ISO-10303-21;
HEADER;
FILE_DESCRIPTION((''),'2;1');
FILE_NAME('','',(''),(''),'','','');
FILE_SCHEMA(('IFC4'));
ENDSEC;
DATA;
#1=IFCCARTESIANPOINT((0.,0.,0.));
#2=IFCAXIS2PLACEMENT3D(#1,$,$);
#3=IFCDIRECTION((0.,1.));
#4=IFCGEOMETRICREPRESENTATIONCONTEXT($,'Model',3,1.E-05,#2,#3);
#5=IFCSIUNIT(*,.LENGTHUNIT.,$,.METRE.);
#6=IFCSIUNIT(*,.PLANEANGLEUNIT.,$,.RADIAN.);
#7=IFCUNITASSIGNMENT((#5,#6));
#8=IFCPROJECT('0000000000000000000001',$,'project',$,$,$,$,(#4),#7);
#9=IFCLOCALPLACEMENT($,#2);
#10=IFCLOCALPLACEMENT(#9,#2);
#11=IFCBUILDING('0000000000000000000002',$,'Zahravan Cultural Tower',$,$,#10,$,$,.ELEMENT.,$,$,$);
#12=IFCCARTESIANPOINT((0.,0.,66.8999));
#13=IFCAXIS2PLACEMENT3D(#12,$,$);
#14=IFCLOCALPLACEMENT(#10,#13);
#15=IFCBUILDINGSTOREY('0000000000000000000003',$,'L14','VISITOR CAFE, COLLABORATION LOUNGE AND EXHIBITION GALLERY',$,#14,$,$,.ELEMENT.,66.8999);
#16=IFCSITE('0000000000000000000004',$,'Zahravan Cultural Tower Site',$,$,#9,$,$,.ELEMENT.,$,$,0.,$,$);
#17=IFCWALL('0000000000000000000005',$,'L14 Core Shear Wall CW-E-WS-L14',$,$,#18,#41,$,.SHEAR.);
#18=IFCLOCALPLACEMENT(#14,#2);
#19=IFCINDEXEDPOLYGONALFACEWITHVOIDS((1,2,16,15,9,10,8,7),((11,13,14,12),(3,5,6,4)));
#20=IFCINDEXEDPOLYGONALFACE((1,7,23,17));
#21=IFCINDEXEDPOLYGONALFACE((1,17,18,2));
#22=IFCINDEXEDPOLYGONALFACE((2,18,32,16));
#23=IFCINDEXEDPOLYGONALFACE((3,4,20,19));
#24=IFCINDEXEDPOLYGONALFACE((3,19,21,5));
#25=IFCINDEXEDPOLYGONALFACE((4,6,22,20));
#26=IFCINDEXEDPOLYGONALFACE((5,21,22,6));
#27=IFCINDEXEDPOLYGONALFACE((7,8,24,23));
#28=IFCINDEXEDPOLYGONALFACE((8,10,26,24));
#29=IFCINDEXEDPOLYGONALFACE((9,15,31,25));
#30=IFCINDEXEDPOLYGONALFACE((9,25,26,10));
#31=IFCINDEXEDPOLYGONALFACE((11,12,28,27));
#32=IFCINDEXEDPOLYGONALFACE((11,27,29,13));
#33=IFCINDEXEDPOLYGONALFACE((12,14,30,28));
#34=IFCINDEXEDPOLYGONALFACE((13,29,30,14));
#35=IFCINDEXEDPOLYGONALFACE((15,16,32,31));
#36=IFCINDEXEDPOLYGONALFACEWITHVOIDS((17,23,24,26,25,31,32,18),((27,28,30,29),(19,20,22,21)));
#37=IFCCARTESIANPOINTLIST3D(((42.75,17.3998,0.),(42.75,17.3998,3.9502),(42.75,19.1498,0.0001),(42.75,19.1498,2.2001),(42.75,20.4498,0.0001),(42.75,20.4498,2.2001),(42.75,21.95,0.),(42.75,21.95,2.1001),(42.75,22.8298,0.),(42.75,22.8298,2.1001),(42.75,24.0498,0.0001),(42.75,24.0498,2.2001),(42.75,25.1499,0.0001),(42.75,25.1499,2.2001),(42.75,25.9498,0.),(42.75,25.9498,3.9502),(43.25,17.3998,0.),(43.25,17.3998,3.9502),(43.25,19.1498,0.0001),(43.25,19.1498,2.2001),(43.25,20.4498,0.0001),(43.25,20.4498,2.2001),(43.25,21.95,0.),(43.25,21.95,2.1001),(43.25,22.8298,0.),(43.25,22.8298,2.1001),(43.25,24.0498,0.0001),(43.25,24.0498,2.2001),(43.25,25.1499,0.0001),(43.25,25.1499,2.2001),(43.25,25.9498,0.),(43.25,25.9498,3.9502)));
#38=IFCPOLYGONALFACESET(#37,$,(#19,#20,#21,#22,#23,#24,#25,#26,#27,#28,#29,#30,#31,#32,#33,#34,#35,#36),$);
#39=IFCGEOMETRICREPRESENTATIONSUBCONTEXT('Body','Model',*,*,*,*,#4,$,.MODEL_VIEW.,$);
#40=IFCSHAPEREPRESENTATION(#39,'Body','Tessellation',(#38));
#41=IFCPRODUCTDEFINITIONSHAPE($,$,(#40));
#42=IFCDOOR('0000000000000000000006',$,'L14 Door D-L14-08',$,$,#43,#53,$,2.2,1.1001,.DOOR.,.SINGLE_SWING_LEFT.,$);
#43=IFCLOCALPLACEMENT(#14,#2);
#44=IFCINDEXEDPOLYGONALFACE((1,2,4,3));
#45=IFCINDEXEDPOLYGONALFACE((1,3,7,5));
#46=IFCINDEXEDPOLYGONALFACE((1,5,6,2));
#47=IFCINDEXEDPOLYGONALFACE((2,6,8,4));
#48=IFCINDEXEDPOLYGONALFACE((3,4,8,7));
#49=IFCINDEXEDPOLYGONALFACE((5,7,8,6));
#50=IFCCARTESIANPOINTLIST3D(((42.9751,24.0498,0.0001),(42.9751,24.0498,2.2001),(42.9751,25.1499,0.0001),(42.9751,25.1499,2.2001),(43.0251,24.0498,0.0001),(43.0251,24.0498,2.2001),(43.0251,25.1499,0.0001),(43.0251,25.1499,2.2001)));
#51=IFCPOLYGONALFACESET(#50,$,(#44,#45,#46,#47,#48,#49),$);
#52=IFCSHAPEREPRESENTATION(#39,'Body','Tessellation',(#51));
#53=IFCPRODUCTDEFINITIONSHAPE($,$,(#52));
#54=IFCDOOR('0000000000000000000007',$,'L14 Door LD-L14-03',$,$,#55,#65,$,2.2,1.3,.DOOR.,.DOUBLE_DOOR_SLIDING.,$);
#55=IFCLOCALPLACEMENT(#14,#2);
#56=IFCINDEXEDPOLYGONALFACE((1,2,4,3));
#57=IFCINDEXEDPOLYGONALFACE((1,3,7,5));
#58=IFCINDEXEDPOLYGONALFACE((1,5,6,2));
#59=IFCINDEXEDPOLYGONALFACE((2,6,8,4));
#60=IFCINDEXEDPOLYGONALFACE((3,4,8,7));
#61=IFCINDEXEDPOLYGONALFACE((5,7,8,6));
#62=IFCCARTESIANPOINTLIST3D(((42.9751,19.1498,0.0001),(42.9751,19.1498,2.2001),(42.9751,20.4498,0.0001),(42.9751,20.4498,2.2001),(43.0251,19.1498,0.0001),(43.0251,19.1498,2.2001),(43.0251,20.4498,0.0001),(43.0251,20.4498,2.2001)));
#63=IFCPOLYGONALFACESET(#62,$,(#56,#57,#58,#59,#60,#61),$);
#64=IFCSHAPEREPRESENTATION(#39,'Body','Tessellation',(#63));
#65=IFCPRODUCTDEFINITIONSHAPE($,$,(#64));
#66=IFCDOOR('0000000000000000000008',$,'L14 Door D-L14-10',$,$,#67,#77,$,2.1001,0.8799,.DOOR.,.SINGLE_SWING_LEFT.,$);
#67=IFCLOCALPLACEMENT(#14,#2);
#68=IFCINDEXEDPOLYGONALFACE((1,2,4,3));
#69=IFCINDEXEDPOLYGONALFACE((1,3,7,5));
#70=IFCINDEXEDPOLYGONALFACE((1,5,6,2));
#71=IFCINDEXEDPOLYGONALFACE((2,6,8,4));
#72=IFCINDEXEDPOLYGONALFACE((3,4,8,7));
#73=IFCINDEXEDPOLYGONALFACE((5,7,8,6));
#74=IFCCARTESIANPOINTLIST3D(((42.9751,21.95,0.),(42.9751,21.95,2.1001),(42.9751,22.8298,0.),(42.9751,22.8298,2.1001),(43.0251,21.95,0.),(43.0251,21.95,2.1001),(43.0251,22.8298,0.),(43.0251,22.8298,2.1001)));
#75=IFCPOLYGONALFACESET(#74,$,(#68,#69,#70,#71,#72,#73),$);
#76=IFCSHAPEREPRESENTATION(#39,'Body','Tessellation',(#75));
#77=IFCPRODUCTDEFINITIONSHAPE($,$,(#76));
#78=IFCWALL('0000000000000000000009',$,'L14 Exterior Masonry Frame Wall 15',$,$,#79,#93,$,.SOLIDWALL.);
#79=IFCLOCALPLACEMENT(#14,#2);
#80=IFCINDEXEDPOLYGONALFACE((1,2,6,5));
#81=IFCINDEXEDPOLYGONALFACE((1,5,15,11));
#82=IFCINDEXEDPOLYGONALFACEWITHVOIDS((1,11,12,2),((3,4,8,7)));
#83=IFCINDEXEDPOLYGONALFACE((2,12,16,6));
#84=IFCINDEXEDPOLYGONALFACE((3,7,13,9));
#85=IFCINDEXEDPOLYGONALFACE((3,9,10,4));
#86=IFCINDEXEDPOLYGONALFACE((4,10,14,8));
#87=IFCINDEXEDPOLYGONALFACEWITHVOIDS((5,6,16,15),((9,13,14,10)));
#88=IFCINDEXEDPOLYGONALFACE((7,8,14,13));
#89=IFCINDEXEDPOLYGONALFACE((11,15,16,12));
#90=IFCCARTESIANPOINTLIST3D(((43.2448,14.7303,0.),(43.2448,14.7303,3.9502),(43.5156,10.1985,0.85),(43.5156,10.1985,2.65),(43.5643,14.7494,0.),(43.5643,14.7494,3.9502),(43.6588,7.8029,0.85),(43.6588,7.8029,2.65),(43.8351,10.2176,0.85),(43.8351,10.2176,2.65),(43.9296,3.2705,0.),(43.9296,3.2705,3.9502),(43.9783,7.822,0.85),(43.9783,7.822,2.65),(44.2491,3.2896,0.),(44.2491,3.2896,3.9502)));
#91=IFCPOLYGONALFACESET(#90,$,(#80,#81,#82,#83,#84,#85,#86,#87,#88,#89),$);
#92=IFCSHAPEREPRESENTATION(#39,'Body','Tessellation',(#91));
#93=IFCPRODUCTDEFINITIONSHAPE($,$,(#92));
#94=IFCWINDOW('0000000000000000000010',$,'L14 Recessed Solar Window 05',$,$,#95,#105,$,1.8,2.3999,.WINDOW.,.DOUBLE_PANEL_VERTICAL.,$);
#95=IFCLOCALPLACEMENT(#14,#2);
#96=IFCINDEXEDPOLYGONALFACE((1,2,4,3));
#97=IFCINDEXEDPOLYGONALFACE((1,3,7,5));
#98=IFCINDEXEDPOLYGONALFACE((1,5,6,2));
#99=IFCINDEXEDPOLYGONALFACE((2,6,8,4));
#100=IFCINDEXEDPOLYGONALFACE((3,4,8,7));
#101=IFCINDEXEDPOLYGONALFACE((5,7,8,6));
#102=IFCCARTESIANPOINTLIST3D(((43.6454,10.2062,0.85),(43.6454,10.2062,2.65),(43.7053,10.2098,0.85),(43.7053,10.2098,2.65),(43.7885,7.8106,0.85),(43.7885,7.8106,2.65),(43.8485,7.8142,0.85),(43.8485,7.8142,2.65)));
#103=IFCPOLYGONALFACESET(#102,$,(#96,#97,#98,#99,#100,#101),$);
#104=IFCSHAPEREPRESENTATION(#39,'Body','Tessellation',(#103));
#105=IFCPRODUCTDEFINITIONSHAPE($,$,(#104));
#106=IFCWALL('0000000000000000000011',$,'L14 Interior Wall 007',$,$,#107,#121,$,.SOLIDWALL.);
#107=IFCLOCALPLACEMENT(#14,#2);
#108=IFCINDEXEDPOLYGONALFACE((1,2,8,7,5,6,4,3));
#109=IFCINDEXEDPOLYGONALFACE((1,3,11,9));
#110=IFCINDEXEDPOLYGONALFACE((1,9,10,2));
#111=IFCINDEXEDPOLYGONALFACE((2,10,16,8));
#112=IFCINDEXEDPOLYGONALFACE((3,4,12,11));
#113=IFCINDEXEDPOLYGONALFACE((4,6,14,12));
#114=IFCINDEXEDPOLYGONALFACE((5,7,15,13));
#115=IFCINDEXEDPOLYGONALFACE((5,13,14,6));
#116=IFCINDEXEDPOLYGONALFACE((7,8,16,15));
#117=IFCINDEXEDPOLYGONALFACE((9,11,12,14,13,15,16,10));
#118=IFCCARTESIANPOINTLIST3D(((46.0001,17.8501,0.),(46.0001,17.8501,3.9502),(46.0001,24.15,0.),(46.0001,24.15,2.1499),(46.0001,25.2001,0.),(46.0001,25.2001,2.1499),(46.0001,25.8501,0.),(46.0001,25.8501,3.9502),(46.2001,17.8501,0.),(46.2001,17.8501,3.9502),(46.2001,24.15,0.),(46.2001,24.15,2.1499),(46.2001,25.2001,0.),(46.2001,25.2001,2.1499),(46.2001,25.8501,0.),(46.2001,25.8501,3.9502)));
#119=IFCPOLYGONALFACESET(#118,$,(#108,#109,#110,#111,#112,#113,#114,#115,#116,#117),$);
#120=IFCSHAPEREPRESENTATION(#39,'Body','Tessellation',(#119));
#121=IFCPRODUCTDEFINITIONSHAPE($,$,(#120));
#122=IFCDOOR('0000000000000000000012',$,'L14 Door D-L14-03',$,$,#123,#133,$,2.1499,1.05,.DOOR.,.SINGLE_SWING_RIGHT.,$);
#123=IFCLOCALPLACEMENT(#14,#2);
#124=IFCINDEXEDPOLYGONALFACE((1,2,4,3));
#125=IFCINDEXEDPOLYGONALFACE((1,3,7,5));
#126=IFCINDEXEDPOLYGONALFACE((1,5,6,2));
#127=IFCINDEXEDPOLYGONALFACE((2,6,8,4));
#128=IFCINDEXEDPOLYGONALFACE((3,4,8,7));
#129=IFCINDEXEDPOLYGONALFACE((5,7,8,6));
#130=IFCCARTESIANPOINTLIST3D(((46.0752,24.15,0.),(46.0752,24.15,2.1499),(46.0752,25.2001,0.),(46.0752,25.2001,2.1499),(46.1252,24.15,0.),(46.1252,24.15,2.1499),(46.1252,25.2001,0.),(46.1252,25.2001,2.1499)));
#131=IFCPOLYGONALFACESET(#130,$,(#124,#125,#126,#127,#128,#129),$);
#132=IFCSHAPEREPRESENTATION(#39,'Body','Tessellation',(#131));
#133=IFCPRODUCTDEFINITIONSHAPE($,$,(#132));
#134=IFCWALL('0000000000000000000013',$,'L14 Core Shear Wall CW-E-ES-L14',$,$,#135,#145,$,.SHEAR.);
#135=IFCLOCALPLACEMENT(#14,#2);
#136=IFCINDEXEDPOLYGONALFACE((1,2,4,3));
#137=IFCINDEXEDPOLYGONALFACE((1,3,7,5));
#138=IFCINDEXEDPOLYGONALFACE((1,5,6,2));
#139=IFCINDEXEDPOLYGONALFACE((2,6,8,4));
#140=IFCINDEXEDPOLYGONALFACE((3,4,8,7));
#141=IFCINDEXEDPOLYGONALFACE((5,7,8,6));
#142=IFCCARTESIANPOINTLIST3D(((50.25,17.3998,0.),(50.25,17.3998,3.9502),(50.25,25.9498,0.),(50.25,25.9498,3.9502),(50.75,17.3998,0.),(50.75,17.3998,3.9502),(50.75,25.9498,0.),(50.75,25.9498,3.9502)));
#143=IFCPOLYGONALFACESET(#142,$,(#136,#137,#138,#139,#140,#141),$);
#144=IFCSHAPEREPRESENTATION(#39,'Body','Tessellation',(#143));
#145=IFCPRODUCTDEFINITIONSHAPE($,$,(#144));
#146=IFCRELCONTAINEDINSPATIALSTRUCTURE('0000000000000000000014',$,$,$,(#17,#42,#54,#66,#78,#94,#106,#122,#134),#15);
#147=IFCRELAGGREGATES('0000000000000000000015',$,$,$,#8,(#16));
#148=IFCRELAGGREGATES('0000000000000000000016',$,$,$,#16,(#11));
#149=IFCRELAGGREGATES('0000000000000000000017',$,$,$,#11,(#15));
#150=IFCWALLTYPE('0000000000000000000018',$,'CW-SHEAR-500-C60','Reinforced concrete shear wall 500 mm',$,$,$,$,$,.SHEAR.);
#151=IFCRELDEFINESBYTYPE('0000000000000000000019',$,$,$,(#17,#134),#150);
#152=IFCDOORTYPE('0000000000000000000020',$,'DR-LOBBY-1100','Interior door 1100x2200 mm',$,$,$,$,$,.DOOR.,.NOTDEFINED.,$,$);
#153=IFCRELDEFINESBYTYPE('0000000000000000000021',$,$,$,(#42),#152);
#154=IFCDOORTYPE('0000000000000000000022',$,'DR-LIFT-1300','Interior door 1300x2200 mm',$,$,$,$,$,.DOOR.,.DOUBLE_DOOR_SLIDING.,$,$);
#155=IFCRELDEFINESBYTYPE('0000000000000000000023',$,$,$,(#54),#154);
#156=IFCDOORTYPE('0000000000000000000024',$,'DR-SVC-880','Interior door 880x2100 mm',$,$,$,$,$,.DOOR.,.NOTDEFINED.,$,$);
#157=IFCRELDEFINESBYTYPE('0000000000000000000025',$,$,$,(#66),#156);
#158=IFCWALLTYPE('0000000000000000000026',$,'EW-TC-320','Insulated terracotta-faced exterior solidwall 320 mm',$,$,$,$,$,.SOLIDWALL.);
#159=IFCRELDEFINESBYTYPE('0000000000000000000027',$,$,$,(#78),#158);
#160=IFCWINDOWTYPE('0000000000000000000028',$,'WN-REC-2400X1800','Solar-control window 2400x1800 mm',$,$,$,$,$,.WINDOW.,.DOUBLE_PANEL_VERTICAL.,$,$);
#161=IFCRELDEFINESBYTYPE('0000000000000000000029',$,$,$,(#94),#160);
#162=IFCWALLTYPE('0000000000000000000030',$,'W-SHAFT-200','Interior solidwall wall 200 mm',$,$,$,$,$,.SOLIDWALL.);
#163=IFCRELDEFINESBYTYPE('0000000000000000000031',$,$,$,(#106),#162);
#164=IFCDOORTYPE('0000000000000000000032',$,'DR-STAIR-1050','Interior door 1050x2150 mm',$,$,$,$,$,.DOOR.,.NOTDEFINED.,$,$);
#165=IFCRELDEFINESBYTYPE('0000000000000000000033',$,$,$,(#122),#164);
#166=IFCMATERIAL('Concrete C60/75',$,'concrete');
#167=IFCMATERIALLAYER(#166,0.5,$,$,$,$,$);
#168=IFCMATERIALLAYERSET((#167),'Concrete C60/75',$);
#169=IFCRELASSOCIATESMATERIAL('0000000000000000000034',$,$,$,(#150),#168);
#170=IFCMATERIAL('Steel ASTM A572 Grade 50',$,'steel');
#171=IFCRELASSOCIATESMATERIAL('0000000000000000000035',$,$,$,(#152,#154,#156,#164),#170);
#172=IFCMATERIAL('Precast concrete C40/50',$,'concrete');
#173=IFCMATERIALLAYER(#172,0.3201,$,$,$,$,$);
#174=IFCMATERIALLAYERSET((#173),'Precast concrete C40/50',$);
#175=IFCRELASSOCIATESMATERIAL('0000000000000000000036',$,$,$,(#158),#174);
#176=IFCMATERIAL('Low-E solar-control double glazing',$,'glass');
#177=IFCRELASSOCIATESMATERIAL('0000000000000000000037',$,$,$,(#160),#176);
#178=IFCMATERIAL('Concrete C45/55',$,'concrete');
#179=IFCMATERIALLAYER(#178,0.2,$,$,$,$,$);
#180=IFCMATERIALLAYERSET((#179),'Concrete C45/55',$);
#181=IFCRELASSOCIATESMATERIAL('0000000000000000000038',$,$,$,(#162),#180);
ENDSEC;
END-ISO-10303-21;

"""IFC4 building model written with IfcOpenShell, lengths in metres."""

from ifc_helpers import new_model, si_unit, direction, frame, frame_2d, origin, place, context, subcontext, project, spatial, rectangle, extrude, source, transform, mapped, material, layer, layer_set, type_object, element, fill, save


model = new_model("IFC4")

# Units and contexts
model_context = context("Model", 3, precision=1e-05, world=origin(), true_north=direction((0.0, 1.0)))
body_context = subcontext(model_context, "Body", "Model", "MODEL_VIEW")
ifc_project = project(units=[si_unit("LENGTHUNIT", "METRE"), si_unit("PLANEANGLEUNIT", "RADIAN")], contexts=[model_context])

# Site, building, storey
site_placement = place(None, origin())
site = spatial("IfcSite", under=ifc_project, at=site_placement, Name="Zahravan Cultural Tower Site", CompositionType="ELEMENT", RefElevation=0.0)
building_placement = place(site_placement, origin())
building = spatial("IfcBuilding", under=site, at=building_placement, Name="Zahravan Cultural Tower", CompositionType="ELEMENT")
storey_placement = place(building_placement, frame((0.0, 0.0, 66.8999)))
storey = spatial("IfcBuildingStorey", under=building, at=storey_placement, Name="L14", Description="VISITOR CAFE, COLLABORATION LOUNGE AND EXHIBITION GALLERY", CompositionType="ELEMENT", Elevation=66.8999)

# Shared definitions
ifc_material_1 = material(Name="Concrete C60/75", Category="concrete")

# Wall, openings, doors
ifc_layer_1 = layer(ifc_material_1, 0.5)
ifc_layer_set_1 = layer_set([ifc_layer_1], Name="Concrete C60/75")
wall_type_1 = type_object("IfcWallType", Name="CW-SHEAR-500-C60", Description="Reinforced concrete shear wall 500 mm", PredefinedType="SHEAR", material=ifc_layer_set_1)
wall_1_placement = place(storey_placement, frame((43.0, 17.3999, 0.0), z_axis=(0.0, 0.0, 1.0), x_axis=(0.0, 1.0, 0.0)))
wall_1 = element("IfcWall", 1, at=wall_1_placement, inside=storey, type_object=wall_type_1, Name="L14 Core Shear Wall CW-E-WS-L14", PredefinedType="SHEAR", context=body_context, shape_type="SweptSolid", body=[
    extrude(rectangle(XDim=8.55, YDim=0.5, at=frame_2d((4.2749, 0.0))), origin(), (0.0, 0.0, 1.0), 3.9502),
])
opening_1_placement = place(wall_1_placement, frame((6.6499, 0.0, 0.0)))
opening_1 = element("IfcOpeningElement", 2, at=opening_1_placement, cuts=wall_1, PredefinedType="OPENING", context=body_context, shape_type="SweptSolid", body=[
    extrude(rectangle(XDim=1.1001, YDim=2.2, at=frame_2d((0.55, 1.1001))), frame((0.0, 0.26, 0.0), z_axis=(0.0, -1.0, 0.0), x_axis=(1.0, 0.0, 0.0)), (0.0, 0.0, 1.0), 0.52),
])
opening_2_placement = place(wall_1_placement, frame((1.75, 0.0, 0.0)))
opening_2 = element("IfcOpeningElement", 3, at=opening_2_placement, cuts=wall_1, PredefinedType="OPENING", context=body_context, shape_type="SweptSolid", body=[
    extrude(rectangle(XDim=1.3, YDim=2.2, at=frame_2d((0.6499, 1.1001))), frame((0.0, 0.26, 0.0), z_axis=(0.0, -1.0, 0.0), x_axis=(1.0, 0.0, 0.0)), (0.0, 0.0, 1.0), 0.52),
])
opening_3_placement = place(wall_1_placement, frame((4.55, 0.0, 0.0)))
opening_3 = element("IfcOpeningElement", 4, at=opening_3_placement, cuts=wall_1, PredefinedType="OPENING", context=body_context, shape_type="SweptSolid", body=[
    extrude(rectangle(XDim=0.8799, YDim=2.1001, at=frame_2d((0.4399, 1.05))), frame((0.0, 0.26, 0.0), z_axis=(0.0, -1.0, 0.0), x_axis=(1.0, 0.0, 0.0)), (0.0, 0.0, 1.0), 0.52),
])
ifc_material_2 = material(Name="Steel ASTM A572 Grade 50", Category="steel")
door_type_1 = type_object("IfcDoorType", Name="DR-LOBBY-1100", Description="Interior door 1100x2200 mm", OperationType="NOTDEFINED", PredefinedType="DOOR", material=ifc_material_2)
shared_shape_1 = source(origin(), body_context, "Body", "SweptSolid", [
    extrude(rectangle(XDim=1.1001, YDim=2.2, at=frame_2d((0.55, 1.1001))), frame((0.0, 0.0249, 0.0), z_axis=(0.0, -1.0, 0.0), x_axis=(1.0, 0.0, 0.0)), (0.0, 0.0, 1.0), 0.05),
])
door_1_placement = place(opening_1_placement, origin())
door_1 = element("IfcDoor", 5, at=door_1_placement, inside=storey, type_object=door_type_1, Name="L14 Door D-L14-08", OperationType="SINGLE_SWING_LEFT", OverallHeight=2.2, OverallWidth=1.1001, PredefinedType="DOOR", context=body_context, shape_type="MappedRepresentation", body=[
    mapped(shared_shape_1, transform((0.0, 0.0, 0.0), x_axis=(1.0, 0.0, 0.0), y_axis=(0.0, 1.0, 0.0), z_axis=(0.0, 0.0, 1.0), scale=1.0)),
])
fill(opening_1, door_1)
door_type_2 = type_object("IfcDoorType", Name="DR-LIFT-1300", Description="Interior door 1300x2200 mm", OperationType="DOUBLE_DOOR_SLIDING", PredefinedType="DOOR", material=ifc_material_2)
shared_shape_2 = source(origin(), body_context, "Body", "SweptSolid", [
    extrude(rectangle(XDim=1.3, YDim=2.2, at=frame_2d((0.6499, 1.1001))), frame((0.0, 0.0249, 0.0), z_axis=(0.0, -1.0, 0.0), x_axis=(1.0, 0.0, 0.0)), (0.0, 0.0, 1.0), 0.05),
])
door_2_placement = place(opening_2_placement, origin())
door_2 = element("IfcDoor", 6, at=door_2_placement, inside=storey, type_object=door_type_2, Name="L14 Door LD-L14-03", OperationType="DOUBLE_DOOR_SLIDING", OverallHeight=2.2, OverallWidth=1.3, PredefinedType="DOOR", context=body_context, shape_type="MappedRepresentation", body=[
    mapped(shared_shape_2, transform((0.0, 0.0, 0.0), x_axis=(1.0, 0.0, 0.0), y_axis=(0.0, 1.0, 0.0), z_axis=(0.0, 0.0, 1.0), scale=1.0)),
])
fill(opening_2, door_2)
door_type_3 = type_object("IfcDoorType", Name="DR-SVC-880", Description="Interior door 880x2100 mm", OperationType="NOTDEFINED", PredefinedType="DOOR", material=ifc_material_2)
shared_shape_3 = source(origin(), body_context, "Body", "SweptSolid", [
    extrude(rectangle(XDim=0.8799, YDim=2.1001, at=frame_2d((0.4399, 1.05))), frame((0.0, 0.0249, 0.0), z_axis=(0.0, -1.0, 0.0), x_axis=(1.0, 0.0, 0.0)), (0.0, 0.0, 1.0), 0.05),
])
door_3_placement = place(opening_3_placement, origin())
door_3 = element("IfcDoor", 7, at=door_3_placement, inside=storey, type_object=door_type_3, Name="L14 Door D-L14-10", OperationType="SINGLE_SWING_LEFT", OverallHeight=2.1001, OverallWidth=0.8799, PredefinedType="DOOR", context=body_context, shape_type="MappedRepresentation", body=[
    mapped(shared_shape_3, transform((0.0, 0.0, 0.0), x_axis=(1.0, 0.0, 0.0), y_axis=(0.0, 1.0, 0.0), z_axis=(0.0, 0.0, 1.0), scale=1.0)),
])
fill(opening_3, door_3)

# Shared definitions
ifc_material_3 = material(Name="Precast concrete C40/50", Category="concrete")
ifc_layer_2 = layer(ifc_material_3, 0.3201)
ifc_layer_set_2 = layer_set([ifc_layer_2], Name="Precast concrete C40/50")
wall_type_2 = type_object("IfcWallType", Name="EW-TC-320", Description="Insulated terracotta-faced exterior solidwall 320 mm", PredefinedType="SOLIDWALL", material=ifc_layer_set_2)
shared_shape_4 = source(origin(), body_context, "Body", "SweptSolid", [
    extrude(rectangle(XDim=1.05, YDim=2.1499, at=frame_2d((0.5249, 1.075))), frame((0.0, 0.0249, 0.0), z_axis=(0.0, -1.0, 0.0), x_axis=(1.0, 0.0, 0.0)), (0.0, 0.0, 1.0), 0.05),
])

# Wall, opening, window
wall_2_placement = place(storey_placement, frame((43.4045, 14.74, 0.0), z_axis=(0.0, 0.0, 1.0), x_axis=(0.059652, -0.998219, 0.0)))
wall_2 = element("IfcWall", 8, at=wall_2_placement, inside=storey, type_object=wall_type_2, Name="L14 Exterior Masonry Frame Wall 15", PredefinedType="SOLIDWALL", context=body_context, shape_type="SweptSolid", body=[
    extrude(rectangle(XDim=11.4802, YDim=0.3201, at=frame_2d((5.7402, 0.0))), origin(), (0.0, 0.0, 1.0), 3.9502),
])
opening_4_placement = place(wall_2_placement, frame((4.54, 0.0, 0.8501)))
opening_4 = element("IfcOpeningElement", 9, at=opening_4_placement, cuts=wall_2, PredefinedType="OPENING", context=body_context, shape_type="SweptSolid", body=[
    extrude(rectangle(XDim=2.3999, YDim=1.8, at=frame_2d((1.2, 0.8999))), frame((0.0, 0.1699, 0.0), z_axis=(0.0, -1.0, 0.0), x_axis=(1.0, 0.0, 0.0)), (0.0, 0.0, 1.0), 0.3401),
])
ifc_material_4 = material(Name="Low-E solar-control double glazing", Category="glass")
window_type = type_object("IfcWindowType", Name="WN-REC-2400X1800", Description="Solar-control window 2400x1800 mm", PartitioningType="DOUBLE_PANEL_VERTICAL", PredefinedType="WINDOW", material=ifc_material_4)
shared_shape_5 = source(origin(), body_context, "Body", "SweptSolid", [
    extrude(rectangle(XDim=2.3999, YDim=1.8, at=frame_2d((1.2, 0.8999))), frame((0.0, 0.03, 0.0), z_axis=(0.0, -1.0, 0.0), x_axis=(1.0, 0.0, 0.0)), (0.0, 0.0, 1.0), 0.0601),
])
window_placement = place(opening_4_placement, origin())
window = element("IfcWindow", 10, at=window_placement, inside=storey, type_object=window_type, Name="L14 Recessed Solar Window 05", OverallHeight=1.8, OverallWidth=2.3999, PartitioningType="DOUBLE_PANEL_VERTICAL", PredefinedType="WINDOW", context=body_context, shape_type="MappedRepresentation", body=[
    mapped(shared_shape_5, transform((0.0, 0.0, 0.0), x_axis=(1.0, 0.0, 0.0), y_axis=(0.0, 1.0, 0.0), z_axis=(0.0, 0.0, 1.0), scale=1.0)),
])
fill(opening_4, window)

# Wall, opening, door
ifc_material_5 = material(Name="Concrete C45/55", Category="concrete")
ifc_layer_3 = layer(ifc_material_5, 0.2)
ifc_layer_set_3 = layer_set([ifc_layer_3], Name="Concrete C45/55")
wall_type_3 = type_object("IfcWallType", Name="W-SHAFT-200", Description="Interior solidwall wall 200 mm", PredefinedType="SOLIDWALL", material=ifc_layer_set_3)
wall_3_placement = place(storey_placement, frame((46.1001, 17.8501, 0.0), z_axis=(0.0, 0.0, 1.0), x_axis=(0.0, 1.0, 0.0)))
wall_3 = element("IfcWall", 11, at=wall_3_placement, inside=storey, type_object=wall_type_3, Name="L14 Interior Wall 007", PredefinedType="SOLIDWALL", context=body_context, shape_type="SweptSolid", body=[
    extrude(rectangle(XDim=8.0, YDim=0.2, at=frame_2d((4.0, 0.0))), origin(), (0.0, 0.0, 1.0), 3.9502),
])
opening_5_placement = place(wall_3_placement, frame((6.3, 0.0, 0.0)))
opening_5 = element("IfcOpeningElement", 12, at=opening_5_placement, cuts=wall_3, PredefinedType="OPENING", context=body_context, shape_type="SweptSolid", body=[
    extrude(rectangle(XDim=1.05, YDim=2.1499, at=frame_2d((0.5249, 1.075))), frame((0.0, 0.1099, 0.0), z_axis=(0.0, -1.0, 0.0), x_axis=(1.0, 0.0, 0.0)), (0.0, 0.0, 1.0), 0.22),
])
door_type_4 = type_object("IfcDoorType", Name="DR-STAIR-1050", Description="Interior door 1050x2150 mm", OperationType="NOTDEFINED", PredefinedType="DOOR", material=ifc_material_2)
door_4_placement = place(opening_5_placement, origin())
door_4 = element("IfcDoor", 13, at=door_4_placement, inside=storey, type_object=door_type_4, Name="L14 Door D-L14-03", OperationType="SINGLE_SWING_RIGHT", OverallHeight=2.1499, OverallWidth=1.05, PredefinedType="DOOR", context=body_context, shape_type="MappedRepresentation", body=[
    mapped(shared_shape_4, transform((0.0, 0.0, 0.0), x_axis=(1.0, 0.0, 0.0), y_axis=(0.0, 1.0, 0.0), z_axis=(0.0, 0.0, 1.0), scale=1.0)),
])
fill(opening_5, door_4)

# Wall
shared_shape_6 = source(origin(), body_context, "Body", "SweptSolid", [
    extrude(rectangle(XDim=8.55, YDim=0.5, at=frame_2d((4.2749, 0.0))), origin(), (0.0, 0.0, 1.0), 3.9502),
])
wall_4_placement = place(storey_placement, frame((50.5, 17.3999, 0.0), z_axis=(0.0, 0.0, 1.0), x_axis=(0.0, 1.0, 0.0)))
element("IfcWall", 14, at=wall_4_placement, inside=storey, type_object=wall_type_1, Name="L14 Core Shear Wall CW-E-ES-L14", PredefinedType="SHEAR", context=body_context, shape_type="MappedRepresentation", body=[
    mapped(shared_shape_6, transform((0.0, 0.0, 0.0), x_axis=(1.0, 0.0, 0.0), y_axis=(0.0, 1.0, 0.0), z_axis=(0.0, 0.0, 1.0), scale=1.0)),
])

save(model, "model.ifc")
